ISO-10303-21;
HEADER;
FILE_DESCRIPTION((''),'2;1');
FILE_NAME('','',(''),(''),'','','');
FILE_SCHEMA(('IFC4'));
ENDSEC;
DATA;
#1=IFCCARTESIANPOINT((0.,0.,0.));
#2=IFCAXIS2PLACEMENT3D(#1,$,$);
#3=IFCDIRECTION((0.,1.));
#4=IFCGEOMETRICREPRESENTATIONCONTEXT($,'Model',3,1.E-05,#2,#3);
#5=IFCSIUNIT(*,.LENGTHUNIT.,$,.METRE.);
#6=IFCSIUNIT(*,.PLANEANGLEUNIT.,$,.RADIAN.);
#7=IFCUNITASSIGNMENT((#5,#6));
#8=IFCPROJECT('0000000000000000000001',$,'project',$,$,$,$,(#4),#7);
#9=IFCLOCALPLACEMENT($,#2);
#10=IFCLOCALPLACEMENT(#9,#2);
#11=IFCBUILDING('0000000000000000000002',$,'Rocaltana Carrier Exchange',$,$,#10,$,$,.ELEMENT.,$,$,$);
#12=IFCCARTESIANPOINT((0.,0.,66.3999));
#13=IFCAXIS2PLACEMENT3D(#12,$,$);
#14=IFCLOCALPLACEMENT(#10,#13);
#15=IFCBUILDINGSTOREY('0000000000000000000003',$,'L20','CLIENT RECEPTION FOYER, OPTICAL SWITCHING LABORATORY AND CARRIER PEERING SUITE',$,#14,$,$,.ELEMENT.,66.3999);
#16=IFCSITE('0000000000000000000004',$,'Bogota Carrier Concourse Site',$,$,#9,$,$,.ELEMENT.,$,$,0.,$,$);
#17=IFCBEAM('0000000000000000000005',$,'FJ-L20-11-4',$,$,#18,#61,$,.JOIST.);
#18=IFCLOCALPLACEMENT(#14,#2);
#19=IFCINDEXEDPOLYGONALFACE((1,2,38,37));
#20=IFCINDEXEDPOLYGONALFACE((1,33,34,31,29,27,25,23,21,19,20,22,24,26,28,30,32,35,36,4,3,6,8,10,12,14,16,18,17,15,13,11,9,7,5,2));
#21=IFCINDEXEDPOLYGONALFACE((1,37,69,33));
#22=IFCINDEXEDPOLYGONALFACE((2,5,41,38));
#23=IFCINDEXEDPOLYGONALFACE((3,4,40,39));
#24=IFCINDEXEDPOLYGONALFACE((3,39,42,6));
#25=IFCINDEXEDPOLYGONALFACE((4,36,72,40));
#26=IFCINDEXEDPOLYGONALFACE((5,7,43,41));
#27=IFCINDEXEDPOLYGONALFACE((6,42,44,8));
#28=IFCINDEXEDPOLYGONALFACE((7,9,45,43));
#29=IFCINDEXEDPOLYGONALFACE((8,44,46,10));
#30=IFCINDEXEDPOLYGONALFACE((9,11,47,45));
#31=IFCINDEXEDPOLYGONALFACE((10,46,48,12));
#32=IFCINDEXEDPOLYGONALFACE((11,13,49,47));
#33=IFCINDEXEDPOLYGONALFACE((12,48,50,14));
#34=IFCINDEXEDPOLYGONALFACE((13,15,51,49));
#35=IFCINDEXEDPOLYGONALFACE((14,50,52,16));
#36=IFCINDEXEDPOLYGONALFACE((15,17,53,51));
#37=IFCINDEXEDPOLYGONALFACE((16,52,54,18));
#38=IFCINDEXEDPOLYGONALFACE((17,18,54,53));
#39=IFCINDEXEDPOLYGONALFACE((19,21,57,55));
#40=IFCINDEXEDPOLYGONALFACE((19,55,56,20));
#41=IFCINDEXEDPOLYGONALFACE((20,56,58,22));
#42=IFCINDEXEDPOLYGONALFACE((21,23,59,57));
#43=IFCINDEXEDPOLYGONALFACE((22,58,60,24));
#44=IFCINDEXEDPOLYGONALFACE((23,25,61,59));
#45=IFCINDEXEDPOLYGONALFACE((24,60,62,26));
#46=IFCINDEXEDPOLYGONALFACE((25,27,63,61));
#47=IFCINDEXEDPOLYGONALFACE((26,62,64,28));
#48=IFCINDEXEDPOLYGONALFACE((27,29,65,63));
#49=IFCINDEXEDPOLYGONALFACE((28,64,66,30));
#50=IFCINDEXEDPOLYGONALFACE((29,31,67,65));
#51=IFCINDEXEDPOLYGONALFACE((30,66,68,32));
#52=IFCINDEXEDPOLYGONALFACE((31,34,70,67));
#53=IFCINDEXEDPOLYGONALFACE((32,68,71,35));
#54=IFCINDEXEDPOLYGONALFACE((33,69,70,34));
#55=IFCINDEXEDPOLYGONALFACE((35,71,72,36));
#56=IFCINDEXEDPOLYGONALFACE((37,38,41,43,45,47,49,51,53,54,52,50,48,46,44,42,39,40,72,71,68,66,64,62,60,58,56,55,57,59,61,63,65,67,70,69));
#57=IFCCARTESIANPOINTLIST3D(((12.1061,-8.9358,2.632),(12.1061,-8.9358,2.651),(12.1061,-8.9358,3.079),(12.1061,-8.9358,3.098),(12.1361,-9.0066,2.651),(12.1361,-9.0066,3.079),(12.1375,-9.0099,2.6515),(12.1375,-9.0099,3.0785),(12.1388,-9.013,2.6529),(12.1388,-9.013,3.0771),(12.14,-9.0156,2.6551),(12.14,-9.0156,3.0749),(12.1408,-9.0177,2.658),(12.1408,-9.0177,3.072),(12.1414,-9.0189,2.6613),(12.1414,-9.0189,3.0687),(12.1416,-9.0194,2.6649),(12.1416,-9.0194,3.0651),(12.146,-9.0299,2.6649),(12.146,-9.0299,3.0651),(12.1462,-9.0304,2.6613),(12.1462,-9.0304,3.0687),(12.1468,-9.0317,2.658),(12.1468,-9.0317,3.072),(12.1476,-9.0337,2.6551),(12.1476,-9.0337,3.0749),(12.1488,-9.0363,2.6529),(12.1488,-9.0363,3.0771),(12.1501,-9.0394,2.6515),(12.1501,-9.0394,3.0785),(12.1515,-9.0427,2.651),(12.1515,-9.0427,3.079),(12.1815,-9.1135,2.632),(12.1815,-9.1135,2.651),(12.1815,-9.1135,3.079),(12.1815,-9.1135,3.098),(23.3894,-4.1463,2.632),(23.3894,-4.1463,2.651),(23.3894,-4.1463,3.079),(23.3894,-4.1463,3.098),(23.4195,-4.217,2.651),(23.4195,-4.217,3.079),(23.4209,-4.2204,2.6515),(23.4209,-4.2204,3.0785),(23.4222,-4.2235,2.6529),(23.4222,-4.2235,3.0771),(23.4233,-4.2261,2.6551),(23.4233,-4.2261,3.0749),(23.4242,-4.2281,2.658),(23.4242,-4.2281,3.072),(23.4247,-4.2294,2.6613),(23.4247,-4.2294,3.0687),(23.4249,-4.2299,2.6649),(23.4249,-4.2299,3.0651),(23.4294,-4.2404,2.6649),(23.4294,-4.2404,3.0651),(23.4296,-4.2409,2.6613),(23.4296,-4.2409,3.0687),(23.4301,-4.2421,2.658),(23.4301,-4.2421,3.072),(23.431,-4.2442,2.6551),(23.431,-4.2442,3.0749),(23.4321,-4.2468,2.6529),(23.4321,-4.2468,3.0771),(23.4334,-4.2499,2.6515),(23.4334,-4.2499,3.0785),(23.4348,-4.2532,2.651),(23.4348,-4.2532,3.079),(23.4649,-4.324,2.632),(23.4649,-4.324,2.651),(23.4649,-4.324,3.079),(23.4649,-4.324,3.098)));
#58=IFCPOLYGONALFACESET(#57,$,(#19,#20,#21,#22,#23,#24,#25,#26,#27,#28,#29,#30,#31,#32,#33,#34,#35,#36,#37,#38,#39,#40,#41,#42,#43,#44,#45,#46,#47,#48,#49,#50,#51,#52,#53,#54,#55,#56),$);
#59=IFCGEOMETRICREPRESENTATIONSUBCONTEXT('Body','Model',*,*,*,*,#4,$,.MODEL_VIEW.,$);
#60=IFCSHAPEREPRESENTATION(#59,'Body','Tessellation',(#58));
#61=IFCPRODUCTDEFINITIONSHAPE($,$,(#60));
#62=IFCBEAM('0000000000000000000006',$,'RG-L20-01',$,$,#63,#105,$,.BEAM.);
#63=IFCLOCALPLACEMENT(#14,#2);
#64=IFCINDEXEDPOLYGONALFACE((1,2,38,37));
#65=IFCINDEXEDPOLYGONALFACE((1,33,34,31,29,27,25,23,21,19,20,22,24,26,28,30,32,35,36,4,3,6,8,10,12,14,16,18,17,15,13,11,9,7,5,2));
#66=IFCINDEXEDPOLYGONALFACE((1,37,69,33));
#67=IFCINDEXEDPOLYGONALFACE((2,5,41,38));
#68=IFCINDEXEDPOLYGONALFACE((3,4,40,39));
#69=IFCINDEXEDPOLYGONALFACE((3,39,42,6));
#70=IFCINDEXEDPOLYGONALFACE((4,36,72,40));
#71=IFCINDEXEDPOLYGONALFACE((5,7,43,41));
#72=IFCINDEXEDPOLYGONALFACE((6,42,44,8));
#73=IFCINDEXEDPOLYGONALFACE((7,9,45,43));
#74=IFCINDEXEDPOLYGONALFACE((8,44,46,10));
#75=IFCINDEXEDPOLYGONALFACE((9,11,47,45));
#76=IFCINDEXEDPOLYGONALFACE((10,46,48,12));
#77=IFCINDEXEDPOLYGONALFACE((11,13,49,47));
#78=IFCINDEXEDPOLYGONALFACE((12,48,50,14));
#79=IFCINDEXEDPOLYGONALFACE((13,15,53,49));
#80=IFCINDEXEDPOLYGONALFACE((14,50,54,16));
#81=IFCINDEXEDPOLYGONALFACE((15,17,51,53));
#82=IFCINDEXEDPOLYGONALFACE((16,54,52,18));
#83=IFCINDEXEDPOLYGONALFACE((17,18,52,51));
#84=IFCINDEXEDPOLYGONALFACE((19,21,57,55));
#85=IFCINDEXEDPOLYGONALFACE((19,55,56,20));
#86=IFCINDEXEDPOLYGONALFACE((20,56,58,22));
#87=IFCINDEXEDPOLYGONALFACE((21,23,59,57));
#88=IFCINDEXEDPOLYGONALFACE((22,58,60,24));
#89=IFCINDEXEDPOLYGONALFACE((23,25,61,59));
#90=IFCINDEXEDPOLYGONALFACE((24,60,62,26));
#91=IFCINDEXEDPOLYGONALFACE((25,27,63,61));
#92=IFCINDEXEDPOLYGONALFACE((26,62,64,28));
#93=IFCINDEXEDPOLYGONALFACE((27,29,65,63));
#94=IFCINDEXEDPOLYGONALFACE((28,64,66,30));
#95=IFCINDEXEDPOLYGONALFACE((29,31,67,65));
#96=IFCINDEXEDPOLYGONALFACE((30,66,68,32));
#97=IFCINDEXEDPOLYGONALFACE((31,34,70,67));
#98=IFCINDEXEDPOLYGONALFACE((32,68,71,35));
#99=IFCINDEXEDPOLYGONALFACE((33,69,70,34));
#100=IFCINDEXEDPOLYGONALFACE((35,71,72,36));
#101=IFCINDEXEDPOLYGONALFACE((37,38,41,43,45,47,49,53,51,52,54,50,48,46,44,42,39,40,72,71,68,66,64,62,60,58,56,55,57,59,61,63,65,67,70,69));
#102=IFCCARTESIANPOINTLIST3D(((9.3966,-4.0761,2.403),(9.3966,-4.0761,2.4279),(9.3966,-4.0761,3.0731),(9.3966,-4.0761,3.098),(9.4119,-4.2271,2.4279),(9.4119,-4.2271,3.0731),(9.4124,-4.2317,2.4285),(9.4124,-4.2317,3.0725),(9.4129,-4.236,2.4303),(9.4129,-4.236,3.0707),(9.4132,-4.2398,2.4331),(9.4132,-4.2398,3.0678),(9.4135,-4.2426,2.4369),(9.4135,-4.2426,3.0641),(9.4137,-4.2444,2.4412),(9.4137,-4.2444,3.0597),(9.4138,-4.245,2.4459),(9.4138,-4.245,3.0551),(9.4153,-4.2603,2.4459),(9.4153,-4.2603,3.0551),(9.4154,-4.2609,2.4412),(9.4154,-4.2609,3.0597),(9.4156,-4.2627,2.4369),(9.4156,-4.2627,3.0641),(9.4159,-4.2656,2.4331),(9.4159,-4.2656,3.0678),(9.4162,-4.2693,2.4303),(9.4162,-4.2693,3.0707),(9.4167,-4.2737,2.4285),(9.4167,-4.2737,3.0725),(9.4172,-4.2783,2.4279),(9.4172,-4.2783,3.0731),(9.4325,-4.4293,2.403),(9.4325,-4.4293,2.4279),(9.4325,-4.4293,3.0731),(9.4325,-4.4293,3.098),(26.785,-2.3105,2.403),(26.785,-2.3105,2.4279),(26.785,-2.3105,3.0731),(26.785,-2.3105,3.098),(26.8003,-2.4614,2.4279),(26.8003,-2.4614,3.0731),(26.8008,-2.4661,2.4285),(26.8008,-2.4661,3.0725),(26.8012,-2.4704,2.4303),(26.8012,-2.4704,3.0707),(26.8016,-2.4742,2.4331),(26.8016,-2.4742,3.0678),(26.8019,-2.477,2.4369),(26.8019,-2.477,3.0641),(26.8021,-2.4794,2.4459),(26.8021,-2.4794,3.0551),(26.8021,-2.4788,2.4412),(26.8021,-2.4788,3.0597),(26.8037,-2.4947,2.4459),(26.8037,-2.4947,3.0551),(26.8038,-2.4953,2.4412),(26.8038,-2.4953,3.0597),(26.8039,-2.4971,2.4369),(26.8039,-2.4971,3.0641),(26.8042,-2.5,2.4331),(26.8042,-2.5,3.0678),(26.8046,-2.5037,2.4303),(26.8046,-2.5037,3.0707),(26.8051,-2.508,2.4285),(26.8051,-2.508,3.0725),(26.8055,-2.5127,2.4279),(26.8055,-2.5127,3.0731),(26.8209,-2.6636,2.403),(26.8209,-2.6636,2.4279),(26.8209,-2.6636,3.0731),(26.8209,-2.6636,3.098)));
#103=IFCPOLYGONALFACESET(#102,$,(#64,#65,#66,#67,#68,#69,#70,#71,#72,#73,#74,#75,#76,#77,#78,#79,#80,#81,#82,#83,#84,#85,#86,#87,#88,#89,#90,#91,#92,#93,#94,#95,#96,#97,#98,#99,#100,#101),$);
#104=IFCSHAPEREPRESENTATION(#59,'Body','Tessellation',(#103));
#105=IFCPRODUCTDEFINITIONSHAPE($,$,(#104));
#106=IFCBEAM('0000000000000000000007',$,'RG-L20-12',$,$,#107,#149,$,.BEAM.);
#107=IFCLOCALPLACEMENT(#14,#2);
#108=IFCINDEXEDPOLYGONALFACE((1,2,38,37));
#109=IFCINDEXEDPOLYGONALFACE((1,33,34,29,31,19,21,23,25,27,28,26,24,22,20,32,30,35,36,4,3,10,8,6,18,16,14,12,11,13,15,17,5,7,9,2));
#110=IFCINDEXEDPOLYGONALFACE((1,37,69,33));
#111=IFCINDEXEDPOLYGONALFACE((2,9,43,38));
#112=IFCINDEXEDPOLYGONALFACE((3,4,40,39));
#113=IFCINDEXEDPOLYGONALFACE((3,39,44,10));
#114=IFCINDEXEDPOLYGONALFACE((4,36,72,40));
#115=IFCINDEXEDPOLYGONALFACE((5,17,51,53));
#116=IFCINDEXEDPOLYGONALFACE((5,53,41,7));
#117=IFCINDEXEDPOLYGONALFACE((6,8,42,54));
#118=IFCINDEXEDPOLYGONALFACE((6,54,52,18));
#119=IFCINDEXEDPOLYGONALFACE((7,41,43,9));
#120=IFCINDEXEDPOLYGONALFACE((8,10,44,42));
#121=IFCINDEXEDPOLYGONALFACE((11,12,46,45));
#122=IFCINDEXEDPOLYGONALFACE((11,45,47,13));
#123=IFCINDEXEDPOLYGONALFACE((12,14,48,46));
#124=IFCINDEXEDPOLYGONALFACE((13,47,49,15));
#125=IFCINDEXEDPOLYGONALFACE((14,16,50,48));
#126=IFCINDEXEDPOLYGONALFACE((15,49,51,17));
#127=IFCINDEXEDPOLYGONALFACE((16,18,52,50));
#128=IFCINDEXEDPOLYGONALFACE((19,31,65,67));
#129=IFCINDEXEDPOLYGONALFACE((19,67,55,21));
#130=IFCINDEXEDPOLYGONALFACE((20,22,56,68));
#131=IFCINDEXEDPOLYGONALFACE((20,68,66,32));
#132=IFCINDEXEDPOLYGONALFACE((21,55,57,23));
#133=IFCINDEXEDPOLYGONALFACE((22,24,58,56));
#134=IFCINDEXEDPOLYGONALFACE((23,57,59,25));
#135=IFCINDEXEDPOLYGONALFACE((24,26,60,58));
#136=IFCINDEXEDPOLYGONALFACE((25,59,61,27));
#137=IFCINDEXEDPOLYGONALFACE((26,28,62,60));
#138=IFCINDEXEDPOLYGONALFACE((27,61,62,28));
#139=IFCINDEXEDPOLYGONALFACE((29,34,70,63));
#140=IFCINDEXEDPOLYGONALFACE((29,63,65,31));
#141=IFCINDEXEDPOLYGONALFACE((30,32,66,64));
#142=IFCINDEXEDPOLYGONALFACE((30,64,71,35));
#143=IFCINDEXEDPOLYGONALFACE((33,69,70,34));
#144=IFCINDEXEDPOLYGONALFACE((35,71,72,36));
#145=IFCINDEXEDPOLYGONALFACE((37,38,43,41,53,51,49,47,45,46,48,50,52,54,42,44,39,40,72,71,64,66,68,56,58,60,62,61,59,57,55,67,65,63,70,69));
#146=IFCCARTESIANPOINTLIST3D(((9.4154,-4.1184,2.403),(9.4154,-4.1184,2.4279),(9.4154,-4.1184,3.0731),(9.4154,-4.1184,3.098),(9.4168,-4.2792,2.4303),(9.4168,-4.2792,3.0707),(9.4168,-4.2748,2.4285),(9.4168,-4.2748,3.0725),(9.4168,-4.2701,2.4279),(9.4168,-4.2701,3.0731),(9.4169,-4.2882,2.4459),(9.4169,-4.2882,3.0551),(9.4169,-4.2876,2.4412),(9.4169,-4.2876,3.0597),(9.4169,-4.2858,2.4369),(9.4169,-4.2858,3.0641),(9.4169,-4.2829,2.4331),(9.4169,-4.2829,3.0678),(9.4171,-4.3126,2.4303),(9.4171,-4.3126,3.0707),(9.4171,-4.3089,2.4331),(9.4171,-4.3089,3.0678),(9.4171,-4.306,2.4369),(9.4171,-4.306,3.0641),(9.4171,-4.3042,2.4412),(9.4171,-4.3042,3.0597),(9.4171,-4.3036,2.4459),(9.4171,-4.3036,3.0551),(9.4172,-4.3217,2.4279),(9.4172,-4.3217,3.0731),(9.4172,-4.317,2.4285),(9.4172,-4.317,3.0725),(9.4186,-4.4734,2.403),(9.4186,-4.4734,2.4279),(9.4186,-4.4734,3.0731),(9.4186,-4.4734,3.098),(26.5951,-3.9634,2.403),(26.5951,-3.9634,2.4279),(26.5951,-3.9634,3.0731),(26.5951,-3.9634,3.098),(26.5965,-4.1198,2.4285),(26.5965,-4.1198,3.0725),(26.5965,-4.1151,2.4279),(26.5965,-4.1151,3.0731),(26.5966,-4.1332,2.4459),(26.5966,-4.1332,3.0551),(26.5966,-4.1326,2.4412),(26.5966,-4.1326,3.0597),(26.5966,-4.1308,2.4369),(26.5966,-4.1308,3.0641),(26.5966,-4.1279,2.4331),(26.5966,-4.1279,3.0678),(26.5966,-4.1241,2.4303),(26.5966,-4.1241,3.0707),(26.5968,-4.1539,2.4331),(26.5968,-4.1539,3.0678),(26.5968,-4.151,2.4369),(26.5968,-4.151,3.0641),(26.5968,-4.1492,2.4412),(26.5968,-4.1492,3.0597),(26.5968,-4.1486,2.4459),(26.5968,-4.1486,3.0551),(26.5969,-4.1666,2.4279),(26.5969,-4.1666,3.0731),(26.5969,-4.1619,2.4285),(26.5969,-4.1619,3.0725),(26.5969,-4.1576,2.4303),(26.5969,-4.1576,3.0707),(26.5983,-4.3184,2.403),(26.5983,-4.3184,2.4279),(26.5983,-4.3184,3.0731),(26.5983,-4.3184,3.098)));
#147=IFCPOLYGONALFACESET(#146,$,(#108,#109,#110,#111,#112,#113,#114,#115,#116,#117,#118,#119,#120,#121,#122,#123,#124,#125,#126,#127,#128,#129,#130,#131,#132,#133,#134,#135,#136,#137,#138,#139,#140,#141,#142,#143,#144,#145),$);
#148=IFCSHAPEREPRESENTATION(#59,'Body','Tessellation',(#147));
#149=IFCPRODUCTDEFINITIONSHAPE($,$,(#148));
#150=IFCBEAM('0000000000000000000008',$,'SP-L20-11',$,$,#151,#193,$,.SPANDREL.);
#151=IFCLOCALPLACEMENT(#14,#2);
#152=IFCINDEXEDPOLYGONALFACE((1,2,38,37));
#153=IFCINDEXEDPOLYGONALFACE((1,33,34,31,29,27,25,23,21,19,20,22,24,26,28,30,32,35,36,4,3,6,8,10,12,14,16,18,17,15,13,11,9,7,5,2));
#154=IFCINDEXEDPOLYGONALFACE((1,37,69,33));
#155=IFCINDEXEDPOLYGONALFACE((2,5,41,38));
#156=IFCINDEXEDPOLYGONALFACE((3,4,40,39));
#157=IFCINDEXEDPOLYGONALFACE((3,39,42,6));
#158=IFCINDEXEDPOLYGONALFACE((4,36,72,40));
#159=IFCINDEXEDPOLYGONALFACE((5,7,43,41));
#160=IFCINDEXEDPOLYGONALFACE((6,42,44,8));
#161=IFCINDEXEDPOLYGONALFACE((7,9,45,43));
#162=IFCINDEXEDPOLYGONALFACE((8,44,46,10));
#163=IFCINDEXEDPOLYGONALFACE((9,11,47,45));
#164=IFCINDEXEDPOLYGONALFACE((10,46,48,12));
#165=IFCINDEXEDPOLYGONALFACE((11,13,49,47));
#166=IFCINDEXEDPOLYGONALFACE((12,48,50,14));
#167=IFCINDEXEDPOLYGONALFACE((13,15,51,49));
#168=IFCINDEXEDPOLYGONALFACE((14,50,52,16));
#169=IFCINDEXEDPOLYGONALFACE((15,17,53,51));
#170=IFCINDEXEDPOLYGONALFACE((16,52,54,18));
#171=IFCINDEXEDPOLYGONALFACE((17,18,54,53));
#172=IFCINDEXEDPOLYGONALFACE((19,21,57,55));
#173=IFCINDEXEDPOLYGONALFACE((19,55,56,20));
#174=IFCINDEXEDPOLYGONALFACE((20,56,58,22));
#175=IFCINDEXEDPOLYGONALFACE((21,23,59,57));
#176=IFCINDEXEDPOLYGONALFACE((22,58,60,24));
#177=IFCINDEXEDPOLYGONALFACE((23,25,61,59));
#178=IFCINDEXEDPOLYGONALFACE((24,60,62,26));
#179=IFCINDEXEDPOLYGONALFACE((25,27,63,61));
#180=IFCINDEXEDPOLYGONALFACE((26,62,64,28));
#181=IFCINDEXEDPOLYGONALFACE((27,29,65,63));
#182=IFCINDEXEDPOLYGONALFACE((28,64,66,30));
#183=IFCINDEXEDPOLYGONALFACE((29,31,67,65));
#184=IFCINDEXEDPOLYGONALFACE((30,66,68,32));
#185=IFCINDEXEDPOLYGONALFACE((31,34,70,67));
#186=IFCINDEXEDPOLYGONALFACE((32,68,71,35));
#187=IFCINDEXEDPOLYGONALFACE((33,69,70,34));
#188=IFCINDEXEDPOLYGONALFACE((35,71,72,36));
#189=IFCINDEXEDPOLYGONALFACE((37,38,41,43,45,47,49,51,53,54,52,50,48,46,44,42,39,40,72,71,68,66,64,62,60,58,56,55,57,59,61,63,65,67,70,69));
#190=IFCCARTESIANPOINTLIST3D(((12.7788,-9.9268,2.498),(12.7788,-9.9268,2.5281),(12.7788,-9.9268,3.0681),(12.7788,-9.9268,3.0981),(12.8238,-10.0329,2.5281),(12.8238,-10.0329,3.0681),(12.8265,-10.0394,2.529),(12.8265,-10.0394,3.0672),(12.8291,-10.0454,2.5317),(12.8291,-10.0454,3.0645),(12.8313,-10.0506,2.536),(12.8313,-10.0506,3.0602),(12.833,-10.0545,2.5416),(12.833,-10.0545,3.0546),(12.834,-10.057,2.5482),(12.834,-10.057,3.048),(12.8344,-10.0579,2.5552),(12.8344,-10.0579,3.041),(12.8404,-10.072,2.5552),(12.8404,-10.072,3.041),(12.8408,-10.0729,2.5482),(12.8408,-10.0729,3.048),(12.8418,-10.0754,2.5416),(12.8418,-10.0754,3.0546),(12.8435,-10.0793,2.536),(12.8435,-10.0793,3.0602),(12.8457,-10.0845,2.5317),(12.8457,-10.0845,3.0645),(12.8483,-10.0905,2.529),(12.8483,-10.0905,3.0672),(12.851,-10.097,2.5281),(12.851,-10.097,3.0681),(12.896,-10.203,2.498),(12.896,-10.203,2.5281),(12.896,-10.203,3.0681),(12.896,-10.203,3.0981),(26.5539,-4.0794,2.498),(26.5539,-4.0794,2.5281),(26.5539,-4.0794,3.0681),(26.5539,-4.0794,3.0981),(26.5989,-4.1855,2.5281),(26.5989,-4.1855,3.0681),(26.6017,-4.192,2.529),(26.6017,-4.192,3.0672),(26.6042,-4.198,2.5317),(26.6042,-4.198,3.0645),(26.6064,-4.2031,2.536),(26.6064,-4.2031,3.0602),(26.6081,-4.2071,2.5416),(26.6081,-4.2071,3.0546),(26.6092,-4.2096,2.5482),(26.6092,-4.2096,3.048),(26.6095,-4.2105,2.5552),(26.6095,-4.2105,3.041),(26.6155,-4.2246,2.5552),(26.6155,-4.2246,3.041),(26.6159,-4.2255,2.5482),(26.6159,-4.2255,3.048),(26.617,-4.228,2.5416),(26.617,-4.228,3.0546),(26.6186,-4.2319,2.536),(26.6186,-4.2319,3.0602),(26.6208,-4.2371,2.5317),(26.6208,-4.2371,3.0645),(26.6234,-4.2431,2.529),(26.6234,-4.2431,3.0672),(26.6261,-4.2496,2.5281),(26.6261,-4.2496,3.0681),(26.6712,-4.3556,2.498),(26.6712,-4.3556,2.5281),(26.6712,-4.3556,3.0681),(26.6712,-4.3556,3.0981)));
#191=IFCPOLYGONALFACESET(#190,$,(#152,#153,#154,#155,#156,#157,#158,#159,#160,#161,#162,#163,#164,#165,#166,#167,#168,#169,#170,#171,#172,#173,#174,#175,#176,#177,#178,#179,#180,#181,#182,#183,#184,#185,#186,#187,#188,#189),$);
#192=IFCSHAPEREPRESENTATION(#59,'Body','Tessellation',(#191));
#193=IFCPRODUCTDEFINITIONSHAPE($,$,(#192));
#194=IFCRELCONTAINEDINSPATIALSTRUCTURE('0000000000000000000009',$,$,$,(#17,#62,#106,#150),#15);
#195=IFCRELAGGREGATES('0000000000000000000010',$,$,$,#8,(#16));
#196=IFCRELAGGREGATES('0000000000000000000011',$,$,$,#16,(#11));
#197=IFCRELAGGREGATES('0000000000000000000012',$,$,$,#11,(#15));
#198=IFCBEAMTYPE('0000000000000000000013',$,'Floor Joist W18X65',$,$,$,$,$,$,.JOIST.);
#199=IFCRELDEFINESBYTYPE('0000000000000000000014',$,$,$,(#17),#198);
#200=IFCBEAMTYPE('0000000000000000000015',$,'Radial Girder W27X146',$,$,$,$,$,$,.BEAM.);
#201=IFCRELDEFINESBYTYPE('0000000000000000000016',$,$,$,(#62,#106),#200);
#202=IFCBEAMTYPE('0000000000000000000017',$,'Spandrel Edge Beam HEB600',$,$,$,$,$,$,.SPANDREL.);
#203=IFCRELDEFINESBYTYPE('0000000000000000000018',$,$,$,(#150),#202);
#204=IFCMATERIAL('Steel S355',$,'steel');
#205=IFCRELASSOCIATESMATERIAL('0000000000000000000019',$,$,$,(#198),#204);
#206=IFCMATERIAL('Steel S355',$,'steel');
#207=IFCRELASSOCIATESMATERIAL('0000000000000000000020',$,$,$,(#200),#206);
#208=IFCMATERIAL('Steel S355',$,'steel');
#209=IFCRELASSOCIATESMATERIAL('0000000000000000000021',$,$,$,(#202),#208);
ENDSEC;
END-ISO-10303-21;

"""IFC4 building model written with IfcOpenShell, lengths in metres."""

from ifc_helpers import new_model, si_unit, direction, frame, origin, origin_2d, place, context, subcontext, project, spatial, i_section, extrude, material, material_profile, profile_set, type_object, element, save


model = new_model("IFC4")

# Units and contexts
model_context = context("Model", 3, precision=1e-05, world=origin(), true_north=direction((0.0, 1.0)))
body_context = subcontext(model_context, "Body", "Model", "MODEL_VIEW")
ifc_project = project(units=[si_unit("LENGTHUNIT", "METRE"), si_unit("PLANEANGLEUNIT", "RADIAN")], contexts=[model_context])

# Site, building, storey
site_placement = place(None, origin())
site = spatial("IfcSite", under=ifc_project, at=site_placement, Name="Bogota Carrier Concourse Site", CompositionType="ELEMENT", RefElevation=0.0)
building_placement = place(site_placement, origin())
building = spatial("IfcBuilding", under=site, at=building_placement, Name="Rocaltana Carrier Exchange", CompositionType="ELEMENT")
storey_placement = place(building_placement, frame((0.0, 0.0, 66.3999)))
storey = spatial("IfcBuildingStorey", under=building, at=storey_placement, Name="L20", Description="CLIENT RECEPTION FOYER, OPTICAL SWITCHING LABORATORY AND CARRIER PEERING SUITE", CompositionType="ELEMENT", Elevation=66.3999)

# Beams
ifc_material_1 = material(Name="Steel S355", Category="steel")
ifc_material_profile_1 = material_profile(ifc_material_1, i_section(OverallWidth=0.1931, OverallDepth=0.4661, WebThickness=0.0115, FlangeThickness=0.019, FilletRadius=0.0139, at=origin_2d()), Name="W18X65")
ifc_profile_set_1 = profile_set([ifc_material_profile_1], Name="Steel S355")
beam_type_1 = type_object("IfcBeamType", Name="Floor Joist W18X65", PredefinedType="JOIST", material=ifc_profile_set_1)
beam_1_placement = place(storey_placement, frame((12.1438, -9.0247, 2.865), z_axis=(0.920505, 0.390732, 0.0), x_axis=(-0.390732, 0.920505, 0.0)))
element("IfcBeam", 1, at=beam_1_placement, inside=storey, type_object=beam_type_1, Name="FJ-L20-11-4", PredefinedType="JOIST", context=body_context, shape_type="SweptSolid", body=[
    extrude(i_section(OverallWidth=0.1931, OverallDepth=0.4661, WebThickness=0.0115, FlangeThickness=0.019, FilletRadius=0.0139, at=origin_2d()), origin(), (0.0, 0.0, 1.0), 12.2578),
])
ifc_material_2 = material(Name="Steel S355", Category="steel")
ifc_material_profile_2 = material_profile(ifc_material_2, i_section(OverallWidth=0.355, OverallDepth=0.6951, WebThickness=0.0154, FlangeThickness=0.0249, FilletRadius=0.0181, at=origin_2d()), Name="W27X146")
ifc_profile_set_2 = profile_set([ifc_material_profile_2], Name="Steel S355")
beam_type_2 = type_object("IfcBeamType", Name="Radial Girder W27X146", PredefinedType="BEAM", material=ifc_profile_set_2)
beam_2_placement = place(storey_placement, frame((9.4146, -4.2527, 2.7505), z_axis=(0.994884, 0.101021, 0.0), x_axis=(-0.101021, 0.994884, 0.0)))
element("IfcBeam", 2, at=beam_2_placement, inside=storey, type_object=beam_type_2, Name="RG-L20-01", PredefinedType="BEAM", context=body_context, shape_type="SweptSolid", body=[
    extrude(i_section(OverallWidth=0.355, OverallDepth=0.6951, WebThickness=0.0154, FlangeThickness=0.0249, FilletRadius=0.0181, at=origin_2d()), origin(), (0.0, 0.0, 1.0), 17.4778),
])
beam_3_placement = place(storey_placement, frame((9.417, -4.2959, 2.7505), z_axis=(0.999959, 0.009024, 0.0), x_axis=(-0.009024, 0.999959, 0.0)))
element("IfcBeam", 3, at=beam_3_placement, inside=storey, type_object=beam_type_2, Name="RG-L20-12", PredefinedType="BEAM", context=body_context, shape_type="SweptSolid", body=[
    extrude(i_section(OverallWidth=0.355, OverallDepth=0.6951, WebThickness=0.0154, FlangeThickness=0.0249, FilletRadius=0.0181, at=origin_2d()), origin(), (0.0, 0.0, 1.0), 17.1804),
])
ifc_material_3 = material(Name="Steel S355", Category="steel")
ifc_material_profile_3 = material_profile(ifc_material_3, i_section(OverallWidth=0.3, OverallDepth=0.6001, WebThickness=0.0154, FlangeThickness=0.03, FilletRadius=0.0271, at=origin_2d()), Name="HEB600")
ifc_profile_set_3 = profile_set([ifc_material_profile_3], Name="Steel S355")
beam_type_3 = type_object("IfcBeamType", Name="Spandrel Edge Beam HEB600", PredefinedType="SPANDREL", material=ifc_profile_set_3)
beam_4_placement = place(storey_placement, frame((12.8374, -10.0649, 2.7981), z_axis=(0.9205, 0.390743, 0.0), x_axis=(-0.390743, 0.9205, 0.0)))
element("IfcBeam", 4, at=beam_4_placement, inside=storey, type_object=beam_type_3, Name="SP-L20-11", PredefinedType="SPANDREL", context=body_context, shape_type="SweptSolid", body=[
    extrude(i_section(OverallWidth=0.3, OverallDepth=0.6001, WebThickness=0.0154, FlangeThickness=0.03, FilletRadius=0.0271, at=origin_2d()), origin(), (0.0, 0.0, 1.0), 14.9648),
])

save(model, "model.ifc")
